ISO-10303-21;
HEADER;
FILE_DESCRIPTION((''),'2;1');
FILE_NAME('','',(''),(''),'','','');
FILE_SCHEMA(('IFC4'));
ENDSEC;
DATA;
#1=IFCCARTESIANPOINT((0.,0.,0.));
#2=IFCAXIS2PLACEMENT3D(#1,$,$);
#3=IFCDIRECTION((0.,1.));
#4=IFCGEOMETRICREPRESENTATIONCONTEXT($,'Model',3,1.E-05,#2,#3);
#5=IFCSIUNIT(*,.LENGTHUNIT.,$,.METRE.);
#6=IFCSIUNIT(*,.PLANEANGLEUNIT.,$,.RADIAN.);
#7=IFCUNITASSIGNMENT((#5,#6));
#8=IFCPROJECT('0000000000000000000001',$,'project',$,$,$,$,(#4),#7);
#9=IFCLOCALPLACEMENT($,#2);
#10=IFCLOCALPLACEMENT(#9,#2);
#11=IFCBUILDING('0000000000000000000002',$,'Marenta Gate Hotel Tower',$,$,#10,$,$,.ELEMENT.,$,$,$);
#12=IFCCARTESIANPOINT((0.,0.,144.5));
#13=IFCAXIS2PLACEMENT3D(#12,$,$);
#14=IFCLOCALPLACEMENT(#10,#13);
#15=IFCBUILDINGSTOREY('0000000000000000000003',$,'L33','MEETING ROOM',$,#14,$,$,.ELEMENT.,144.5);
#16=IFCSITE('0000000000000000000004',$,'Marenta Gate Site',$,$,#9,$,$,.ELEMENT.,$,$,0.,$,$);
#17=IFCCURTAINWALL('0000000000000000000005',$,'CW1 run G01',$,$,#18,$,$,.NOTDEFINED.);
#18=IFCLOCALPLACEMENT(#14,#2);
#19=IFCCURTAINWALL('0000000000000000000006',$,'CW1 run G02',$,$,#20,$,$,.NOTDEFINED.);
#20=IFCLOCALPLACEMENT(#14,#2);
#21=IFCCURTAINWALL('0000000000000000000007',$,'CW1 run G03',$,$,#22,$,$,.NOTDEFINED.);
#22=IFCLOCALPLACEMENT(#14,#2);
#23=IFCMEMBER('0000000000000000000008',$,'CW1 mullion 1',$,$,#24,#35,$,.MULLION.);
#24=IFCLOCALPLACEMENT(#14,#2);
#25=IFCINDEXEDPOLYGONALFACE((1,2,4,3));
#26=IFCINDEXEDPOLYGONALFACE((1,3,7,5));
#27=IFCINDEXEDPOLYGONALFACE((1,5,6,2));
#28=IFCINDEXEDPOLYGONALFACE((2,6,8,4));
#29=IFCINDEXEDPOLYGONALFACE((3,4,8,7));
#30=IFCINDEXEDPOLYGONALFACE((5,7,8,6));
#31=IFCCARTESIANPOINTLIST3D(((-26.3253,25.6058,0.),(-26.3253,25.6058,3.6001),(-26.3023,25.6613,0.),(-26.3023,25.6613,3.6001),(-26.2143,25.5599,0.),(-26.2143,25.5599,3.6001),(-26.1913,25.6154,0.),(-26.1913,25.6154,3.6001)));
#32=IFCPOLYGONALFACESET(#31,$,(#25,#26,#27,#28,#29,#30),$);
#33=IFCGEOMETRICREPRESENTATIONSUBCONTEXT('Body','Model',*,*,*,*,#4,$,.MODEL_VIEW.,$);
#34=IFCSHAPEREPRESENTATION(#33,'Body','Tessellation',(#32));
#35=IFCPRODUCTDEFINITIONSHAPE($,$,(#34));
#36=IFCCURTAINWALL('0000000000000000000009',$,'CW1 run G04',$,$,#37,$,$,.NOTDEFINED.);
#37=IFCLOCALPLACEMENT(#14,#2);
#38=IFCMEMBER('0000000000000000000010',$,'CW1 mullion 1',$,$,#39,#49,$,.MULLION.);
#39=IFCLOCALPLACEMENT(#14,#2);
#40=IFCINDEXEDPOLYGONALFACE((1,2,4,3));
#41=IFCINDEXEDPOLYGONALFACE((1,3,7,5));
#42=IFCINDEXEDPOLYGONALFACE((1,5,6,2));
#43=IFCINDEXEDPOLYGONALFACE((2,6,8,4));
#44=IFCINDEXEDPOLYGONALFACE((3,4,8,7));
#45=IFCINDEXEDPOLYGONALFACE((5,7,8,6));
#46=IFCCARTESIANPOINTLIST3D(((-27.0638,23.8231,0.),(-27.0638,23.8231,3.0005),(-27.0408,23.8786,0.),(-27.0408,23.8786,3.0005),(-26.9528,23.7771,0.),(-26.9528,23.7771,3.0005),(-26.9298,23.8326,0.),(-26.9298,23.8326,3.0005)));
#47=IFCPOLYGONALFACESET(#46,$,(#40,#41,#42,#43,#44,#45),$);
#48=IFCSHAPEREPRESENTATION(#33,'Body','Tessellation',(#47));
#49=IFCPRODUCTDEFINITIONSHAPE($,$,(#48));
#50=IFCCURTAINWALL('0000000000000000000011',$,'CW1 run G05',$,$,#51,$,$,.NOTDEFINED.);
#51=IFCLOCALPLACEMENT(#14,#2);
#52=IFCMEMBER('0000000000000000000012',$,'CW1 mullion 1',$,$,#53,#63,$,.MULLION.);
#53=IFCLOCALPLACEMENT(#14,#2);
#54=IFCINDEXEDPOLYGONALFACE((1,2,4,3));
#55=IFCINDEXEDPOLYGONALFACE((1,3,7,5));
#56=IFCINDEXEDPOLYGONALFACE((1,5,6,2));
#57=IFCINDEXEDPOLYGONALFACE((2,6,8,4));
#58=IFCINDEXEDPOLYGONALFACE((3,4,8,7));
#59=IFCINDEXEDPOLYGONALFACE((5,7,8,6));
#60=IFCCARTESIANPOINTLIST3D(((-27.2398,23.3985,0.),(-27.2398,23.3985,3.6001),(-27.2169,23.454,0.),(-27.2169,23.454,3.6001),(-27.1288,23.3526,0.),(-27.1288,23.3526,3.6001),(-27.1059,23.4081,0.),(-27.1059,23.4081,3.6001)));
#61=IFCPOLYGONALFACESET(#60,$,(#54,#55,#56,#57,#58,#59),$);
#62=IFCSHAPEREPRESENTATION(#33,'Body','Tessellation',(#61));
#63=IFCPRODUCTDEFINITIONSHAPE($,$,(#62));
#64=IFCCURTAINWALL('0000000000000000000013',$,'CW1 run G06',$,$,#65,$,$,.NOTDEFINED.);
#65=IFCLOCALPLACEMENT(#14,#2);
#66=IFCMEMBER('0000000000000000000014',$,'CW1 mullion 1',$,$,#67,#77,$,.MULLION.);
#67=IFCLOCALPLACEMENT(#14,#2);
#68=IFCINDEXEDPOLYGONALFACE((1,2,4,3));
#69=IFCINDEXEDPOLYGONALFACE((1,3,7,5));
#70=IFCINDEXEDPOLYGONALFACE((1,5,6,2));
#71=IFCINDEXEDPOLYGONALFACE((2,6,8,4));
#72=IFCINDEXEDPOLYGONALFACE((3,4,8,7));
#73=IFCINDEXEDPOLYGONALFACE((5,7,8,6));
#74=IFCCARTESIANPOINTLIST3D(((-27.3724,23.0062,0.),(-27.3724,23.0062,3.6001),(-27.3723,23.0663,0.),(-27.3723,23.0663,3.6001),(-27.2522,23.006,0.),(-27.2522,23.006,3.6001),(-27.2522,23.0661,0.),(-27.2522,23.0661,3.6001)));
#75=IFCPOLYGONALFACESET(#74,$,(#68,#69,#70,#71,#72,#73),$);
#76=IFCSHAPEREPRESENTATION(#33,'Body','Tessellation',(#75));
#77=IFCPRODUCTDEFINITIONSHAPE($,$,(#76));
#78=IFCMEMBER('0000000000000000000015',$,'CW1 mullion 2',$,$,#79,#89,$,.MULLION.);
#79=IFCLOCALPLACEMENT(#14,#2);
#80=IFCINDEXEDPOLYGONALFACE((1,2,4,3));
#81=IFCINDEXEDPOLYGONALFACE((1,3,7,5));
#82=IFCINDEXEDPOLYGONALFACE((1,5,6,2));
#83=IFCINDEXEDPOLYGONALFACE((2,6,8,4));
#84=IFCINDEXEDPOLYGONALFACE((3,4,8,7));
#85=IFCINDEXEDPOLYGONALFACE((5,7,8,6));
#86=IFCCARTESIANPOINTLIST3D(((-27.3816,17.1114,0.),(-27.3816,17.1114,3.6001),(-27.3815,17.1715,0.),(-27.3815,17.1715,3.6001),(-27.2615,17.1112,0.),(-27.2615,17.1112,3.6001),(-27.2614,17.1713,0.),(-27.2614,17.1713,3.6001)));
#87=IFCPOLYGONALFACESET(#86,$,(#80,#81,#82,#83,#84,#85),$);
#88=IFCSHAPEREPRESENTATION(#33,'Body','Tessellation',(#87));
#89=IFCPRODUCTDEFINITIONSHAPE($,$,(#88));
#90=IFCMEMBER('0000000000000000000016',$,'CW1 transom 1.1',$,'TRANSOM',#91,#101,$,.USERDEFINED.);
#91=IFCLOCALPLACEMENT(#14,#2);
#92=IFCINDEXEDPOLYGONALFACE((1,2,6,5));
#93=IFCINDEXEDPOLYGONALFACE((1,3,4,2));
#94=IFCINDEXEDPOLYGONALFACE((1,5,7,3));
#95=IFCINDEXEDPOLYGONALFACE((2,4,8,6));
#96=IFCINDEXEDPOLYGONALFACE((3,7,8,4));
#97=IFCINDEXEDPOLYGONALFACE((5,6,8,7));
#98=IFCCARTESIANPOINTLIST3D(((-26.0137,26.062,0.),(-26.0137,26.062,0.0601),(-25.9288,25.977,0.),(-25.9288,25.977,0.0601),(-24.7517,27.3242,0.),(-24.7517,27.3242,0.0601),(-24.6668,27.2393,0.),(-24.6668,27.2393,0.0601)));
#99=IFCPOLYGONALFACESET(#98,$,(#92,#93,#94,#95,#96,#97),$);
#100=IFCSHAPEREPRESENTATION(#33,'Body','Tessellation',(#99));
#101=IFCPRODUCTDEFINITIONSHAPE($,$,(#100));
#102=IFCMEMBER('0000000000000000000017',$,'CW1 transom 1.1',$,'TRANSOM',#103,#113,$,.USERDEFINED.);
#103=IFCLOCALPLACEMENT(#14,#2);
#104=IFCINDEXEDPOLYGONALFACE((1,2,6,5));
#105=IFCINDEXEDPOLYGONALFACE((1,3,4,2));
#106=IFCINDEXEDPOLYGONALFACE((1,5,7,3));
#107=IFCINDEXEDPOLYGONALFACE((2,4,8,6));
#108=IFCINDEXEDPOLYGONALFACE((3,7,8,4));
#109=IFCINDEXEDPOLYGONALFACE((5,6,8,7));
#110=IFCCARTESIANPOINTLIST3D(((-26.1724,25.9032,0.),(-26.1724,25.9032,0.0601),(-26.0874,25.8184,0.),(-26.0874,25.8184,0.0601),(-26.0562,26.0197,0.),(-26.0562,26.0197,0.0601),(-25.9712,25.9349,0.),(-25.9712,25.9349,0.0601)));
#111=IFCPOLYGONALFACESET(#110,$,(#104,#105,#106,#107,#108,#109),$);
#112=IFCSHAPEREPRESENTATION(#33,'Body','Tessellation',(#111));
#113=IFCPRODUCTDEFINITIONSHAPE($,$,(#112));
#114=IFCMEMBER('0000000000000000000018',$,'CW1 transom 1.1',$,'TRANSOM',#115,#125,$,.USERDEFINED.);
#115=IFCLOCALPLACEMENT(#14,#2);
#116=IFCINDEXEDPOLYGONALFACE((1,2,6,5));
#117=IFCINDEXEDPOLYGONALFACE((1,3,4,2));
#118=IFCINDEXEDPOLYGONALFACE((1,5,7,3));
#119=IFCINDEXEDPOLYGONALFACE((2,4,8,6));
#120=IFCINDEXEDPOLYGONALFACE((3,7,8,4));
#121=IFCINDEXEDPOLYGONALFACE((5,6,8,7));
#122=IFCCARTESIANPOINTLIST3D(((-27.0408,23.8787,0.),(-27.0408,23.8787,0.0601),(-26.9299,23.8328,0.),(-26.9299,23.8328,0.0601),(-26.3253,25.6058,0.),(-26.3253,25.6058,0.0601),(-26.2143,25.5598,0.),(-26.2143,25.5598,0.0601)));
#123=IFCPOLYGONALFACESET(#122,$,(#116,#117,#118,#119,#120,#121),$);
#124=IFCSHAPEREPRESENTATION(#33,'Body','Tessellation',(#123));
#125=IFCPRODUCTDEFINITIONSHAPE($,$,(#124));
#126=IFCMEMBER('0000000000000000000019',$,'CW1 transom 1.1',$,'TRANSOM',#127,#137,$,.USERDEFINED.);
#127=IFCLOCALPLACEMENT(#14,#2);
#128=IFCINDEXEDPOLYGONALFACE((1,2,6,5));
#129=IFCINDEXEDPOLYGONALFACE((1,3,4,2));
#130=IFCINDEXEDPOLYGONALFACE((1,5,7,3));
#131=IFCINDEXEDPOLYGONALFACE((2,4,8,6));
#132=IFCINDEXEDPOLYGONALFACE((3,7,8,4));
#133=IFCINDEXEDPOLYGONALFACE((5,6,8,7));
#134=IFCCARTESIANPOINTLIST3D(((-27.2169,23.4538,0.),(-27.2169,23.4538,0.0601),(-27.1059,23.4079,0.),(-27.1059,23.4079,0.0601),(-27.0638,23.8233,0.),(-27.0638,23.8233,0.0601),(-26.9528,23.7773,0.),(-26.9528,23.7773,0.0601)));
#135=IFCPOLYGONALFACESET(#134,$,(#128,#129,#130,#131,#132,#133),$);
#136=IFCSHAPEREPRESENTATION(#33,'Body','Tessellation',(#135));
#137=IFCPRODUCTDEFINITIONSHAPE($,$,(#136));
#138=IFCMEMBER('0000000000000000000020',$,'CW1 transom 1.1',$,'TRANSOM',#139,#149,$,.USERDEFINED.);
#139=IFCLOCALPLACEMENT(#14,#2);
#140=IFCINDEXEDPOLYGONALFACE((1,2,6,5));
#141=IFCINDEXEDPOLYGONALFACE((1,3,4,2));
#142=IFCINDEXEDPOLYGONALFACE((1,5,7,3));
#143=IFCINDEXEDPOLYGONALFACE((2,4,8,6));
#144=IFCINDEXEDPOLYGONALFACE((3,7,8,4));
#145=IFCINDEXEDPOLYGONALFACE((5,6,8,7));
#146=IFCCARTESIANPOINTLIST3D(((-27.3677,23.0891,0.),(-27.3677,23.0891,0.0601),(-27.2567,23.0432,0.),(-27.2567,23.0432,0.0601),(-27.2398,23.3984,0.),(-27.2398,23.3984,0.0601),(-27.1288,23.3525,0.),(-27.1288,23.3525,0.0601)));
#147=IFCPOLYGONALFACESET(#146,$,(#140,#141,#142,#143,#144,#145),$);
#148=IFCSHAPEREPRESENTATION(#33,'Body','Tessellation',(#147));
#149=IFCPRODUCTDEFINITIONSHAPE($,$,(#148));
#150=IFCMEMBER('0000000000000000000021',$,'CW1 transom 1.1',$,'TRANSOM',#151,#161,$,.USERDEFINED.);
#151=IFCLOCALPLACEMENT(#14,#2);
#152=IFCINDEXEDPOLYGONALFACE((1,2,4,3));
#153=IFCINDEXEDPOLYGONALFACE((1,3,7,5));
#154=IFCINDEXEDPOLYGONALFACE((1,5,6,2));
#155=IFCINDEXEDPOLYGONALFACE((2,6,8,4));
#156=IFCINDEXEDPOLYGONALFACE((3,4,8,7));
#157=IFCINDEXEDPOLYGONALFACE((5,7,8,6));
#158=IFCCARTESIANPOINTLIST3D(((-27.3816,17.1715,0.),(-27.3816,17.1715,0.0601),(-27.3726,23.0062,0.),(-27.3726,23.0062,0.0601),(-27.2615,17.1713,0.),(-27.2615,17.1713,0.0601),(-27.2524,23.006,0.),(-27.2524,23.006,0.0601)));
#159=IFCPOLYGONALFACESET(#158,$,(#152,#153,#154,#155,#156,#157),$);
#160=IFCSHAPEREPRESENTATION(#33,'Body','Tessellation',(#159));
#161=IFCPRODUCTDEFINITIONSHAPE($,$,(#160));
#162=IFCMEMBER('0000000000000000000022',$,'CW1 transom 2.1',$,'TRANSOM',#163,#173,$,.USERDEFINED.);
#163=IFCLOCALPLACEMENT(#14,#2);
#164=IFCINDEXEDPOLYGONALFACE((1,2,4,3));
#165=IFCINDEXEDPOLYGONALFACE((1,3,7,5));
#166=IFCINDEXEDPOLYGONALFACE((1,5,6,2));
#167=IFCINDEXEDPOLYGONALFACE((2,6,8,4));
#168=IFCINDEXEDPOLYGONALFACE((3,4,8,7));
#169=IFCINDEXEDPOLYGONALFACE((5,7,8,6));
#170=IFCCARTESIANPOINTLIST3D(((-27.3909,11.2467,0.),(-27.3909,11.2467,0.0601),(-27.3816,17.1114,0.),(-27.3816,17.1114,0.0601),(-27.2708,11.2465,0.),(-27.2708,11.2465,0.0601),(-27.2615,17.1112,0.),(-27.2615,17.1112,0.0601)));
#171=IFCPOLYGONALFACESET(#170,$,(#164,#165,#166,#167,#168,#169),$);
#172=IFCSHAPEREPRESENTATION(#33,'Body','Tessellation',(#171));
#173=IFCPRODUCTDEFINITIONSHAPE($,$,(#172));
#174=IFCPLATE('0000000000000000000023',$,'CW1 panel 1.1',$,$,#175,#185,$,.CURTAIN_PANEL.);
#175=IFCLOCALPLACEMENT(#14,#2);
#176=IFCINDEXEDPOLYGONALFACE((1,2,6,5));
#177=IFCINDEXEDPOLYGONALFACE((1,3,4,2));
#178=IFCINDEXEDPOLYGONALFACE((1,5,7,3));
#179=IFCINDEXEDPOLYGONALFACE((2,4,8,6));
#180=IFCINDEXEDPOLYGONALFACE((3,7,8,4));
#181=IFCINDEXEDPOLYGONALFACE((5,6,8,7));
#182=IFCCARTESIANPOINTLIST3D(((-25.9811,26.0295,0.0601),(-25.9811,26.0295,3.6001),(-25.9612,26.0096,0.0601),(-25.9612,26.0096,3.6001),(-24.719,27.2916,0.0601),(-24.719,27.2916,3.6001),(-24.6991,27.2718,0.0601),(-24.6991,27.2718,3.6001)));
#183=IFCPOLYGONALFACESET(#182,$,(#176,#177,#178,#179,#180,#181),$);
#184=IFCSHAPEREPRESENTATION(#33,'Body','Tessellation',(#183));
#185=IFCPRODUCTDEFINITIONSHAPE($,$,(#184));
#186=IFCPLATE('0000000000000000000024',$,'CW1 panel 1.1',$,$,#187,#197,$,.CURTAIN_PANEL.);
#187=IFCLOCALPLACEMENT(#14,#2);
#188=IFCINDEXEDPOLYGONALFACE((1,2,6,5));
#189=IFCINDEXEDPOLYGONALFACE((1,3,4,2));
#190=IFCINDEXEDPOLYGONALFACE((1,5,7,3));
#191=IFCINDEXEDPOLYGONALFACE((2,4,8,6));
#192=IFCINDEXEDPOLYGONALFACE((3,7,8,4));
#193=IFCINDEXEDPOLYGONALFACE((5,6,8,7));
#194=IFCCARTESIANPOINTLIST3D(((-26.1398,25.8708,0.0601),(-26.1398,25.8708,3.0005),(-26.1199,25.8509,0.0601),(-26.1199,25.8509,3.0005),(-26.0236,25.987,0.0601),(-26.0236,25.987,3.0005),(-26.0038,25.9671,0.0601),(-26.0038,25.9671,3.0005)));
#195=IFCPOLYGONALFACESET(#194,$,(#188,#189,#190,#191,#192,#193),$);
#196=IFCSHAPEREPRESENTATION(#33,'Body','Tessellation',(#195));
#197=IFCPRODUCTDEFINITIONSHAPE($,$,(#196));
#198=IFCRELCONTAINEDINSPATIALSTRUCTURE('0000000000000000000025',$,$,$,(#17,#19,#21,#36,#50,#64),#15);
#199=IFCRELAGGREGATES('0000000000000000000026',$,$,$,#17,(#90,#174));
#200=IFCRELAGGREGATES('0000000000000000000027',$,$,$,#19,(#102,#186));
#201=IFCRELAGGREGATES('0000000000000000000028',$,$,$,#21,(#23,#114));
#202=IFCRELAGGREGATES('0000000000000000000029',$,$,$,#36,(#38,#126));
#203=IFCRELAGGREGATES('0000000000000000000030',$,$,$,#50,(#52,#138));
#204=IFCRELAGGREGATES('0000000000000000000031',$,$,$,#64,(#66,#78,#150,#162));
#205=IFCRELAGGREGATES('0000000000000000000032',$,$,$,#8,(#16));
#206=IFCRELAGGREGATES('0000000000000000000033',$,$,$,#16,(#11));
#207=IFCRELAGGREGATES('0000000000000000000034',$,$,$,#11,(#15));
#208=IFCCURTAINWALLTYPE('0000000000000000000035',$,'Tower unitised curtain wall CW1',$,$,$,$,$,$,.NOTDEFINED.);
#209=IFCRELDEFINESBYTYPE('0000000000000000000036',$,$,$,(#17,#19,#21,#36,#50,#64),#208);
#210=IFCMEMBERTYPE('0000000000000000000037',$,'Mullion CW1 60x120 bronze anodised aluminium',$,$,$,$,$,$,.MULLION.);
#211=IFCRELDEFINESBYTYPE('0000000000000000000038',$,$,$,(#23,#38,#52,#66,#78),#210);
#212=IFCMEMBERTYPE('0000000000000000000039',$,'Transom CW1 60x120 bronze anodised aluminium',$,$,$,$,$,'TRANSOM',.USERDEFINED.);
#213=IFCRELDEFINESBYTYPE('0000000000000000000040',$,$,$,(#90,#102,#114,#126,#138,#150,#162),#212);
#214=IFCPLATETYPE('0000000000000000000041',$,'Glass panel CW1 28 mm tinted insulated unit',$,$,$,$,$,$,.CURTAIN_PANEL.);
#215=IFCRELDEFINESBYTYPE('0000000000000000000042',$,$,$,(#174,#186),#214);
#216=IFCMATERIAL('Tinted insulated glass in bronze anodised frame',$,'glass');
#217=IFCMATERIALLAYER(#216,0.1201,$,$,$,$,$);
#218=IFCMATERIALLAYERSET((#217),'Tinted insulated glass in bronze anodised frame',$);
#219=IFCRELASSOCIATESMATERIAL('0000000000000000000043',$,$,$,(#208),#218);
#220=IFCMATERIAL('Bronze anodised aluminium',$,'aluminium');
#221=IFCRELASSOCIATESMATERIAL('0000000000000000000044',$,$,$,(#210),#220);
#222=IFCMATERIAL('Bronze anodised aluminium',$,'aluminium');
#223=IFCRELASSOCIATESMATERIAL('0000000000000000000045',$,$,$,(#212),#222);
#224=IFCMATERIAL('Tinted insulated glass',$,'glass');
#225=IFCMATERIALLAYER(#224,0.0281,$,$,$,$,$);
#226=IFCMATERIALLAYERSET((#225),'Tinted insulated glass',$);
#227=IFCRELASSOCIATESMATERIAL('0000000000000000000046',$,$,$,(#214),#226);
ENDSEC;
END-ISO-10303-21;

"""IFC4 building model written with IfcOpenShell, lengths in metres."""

from ifc_helpers import new_model, si_unit, direction, frame, origin, origin_2d, place, context, subcontext, project, spatial, rectangle, extrude, material, layer, layer_set, material_profile, profile_set, type_object, element, aggregate, save


model = new_model("IFC4")

# Units and contexts
model_context = context("Model", 3, precision=1e-05, world=origin(), true_north=direction((0.0, 1.0)))
body_context = subcontext(model_context, "Body", "Model", "MODEL_VIEW")
ifc_project = project(units=[si_unit("LENGTHUNIT", "METRE"), si_unit("PLANEANGLEUNIT", "RADIAN")], contexts=[model_context])

# Site, building, storey
site_placement = place(None, origin())
site = spatial("IfcSite", under=ifc_project, at=site_placement, Name="Marenta Gate Site", CompositionType="ELEMENT", RefElevation=0.0)
building_placement = place(site_placement, origin())
building = spatial("IfcBuilding", under=site, at=building_placement, Name="Marenta Gate Hotel Tower", CompositionType="ELEMENT")
storey_placement = place(building_placement, frame((0.0, 0.0, 144.5)))
storey = spatial("IfcBuildingStorey", under=building, at=storey_placement, Name="L33", Description="MEETING ROOM", CompositionType="ELEMENT", Elevation=144.5)

# Curtain wall
ifc_material_1 = material(Name="Tinted insulated glass in bronze anodised frame", Category="glass")
ifc_layer_1 = layer(ifc_material_1, 0.1201)
ifc_layer_set_1 = layer_set([ifc_layer_1], Name="Tinted insulated glass in bronze anodised frame")
curtain_wall_type = type_object("IfcCurtainWallType", Name="Tower unitised curtain wall CW1", PredefinedType="NOTDEFINED", material=ifc_layer_set_1)
curtain_wall_1_placement = place(storey_placement, origin())
curtain_wall_1 = element("IfcCurtainWall", 1, at=curtain_wall_1_placement, inside=storey, type_object=curtain_wall_type, Name="CW1 run G01", PredefinedType="NOTDEFINED")
ifc_material_2 = material(Name="Bronze anodised aluminium", Category="aluminium")
ifc_material_profile_1 = material_profile(ifc_material_2, rectangle(XDim=0.1201, YDim=0.0601, at=origin_2d()), Name="Mullion CW1 60x120 bronze anodised aluminium")
ifc_profile_set_1 = profile_set([ifc_material_profile_1], Name="Bronze anodised aluminium")
member_type_1 = type_object("IfcMemberType", Name="Mullion CW1 60x120 bronze anodised aluminium", PredefinedType="MULLION", material=ifc_profile_set_1)

# Curtain wall
curtain_wall_2_placement = place(storey_placement, origin())
curtain_wall_2 = element("IfcCurtainWall", 2, at=curtain_wall_2_placement, inside=storey, type_object=curtain_wall_type, Name="CW1 run G02", PredefinedType="NOTDEFINED")

# Curtain walls, members
curtain_wall_3_placement = place(storey_placement, origin())
curtain_wall_3 = element("IfcCurtainWall", 3, at=curtain_wall_3_placement, inside=storey, type_object=curtain_wall_type, Name="CW1 run G03", PredefinedType="NOTDEFINED")
member_1_placement = place(storey_placement, frame((-26.2583, 25.6106, 0.0), z_axis=(0.0, 0.0, 1.0), x_axis=(0.923875, -0.382694, 0.0)))
member_1 = element("IfcMember", 4, at=member_1_placement, type_object=member_type_1, Name="CW1 mullion 1", PredefinedType="MULLION", context=body_context, shape_type="SweptSolid", body=[
    extrude(rectangle(XDim=0.1201, YDim=0.0601, at=origin_2d()), origin(), (0.0, 0.0, 1.0), 3.6001),
])
curtain_wall_4_placement = place(storey_placement, origin())
curtain_wall_4 = element("IfcCurtainWall", 5, at=curtain_wall_4_placement, inside=storey, type_object=curtain_wall_type, Name="CW1 run G04", PredefinedType="NOTDEFINED")
member_2_placement = place(storey_placement, frame((-26.9968, 23.8279, 0.0), z_axis=(0.0, 0.0, 1.0), x_axis=(0.923815, -0.382838, 0.0)))
member_2 = element("IfcMember", 6, at=member_2_placement, type_object=member_type_1, Name="CW1 mullion 1", PredefinedType="MULLION", context=body_context, shape_type="SweptSolid", body=[
    extrude(rectangle(XDim=0.1201, YDim=0.0601, at=origin_2d()), origin(), (0.0, 0.0, 1.0), 3.0005),
])
curtain_wall_5_placement = place(storey_placement, origin())
curtain_wall_5 = element("IfcCurtainWall", 7, at=curtain_wall_5_placement, inside=storey, type_object=curtain_wall_type, Name="CW1 run G05", PredefinedType="NOTDEFINED")
member_3_placement = place(storey_placement, frame((-27.1729, 23.4033, 0.0), z_axis=(0.0, 0.0, 1.0), x_axis=(0.923974, -0.382456, 0.0)))
member_3 = element("IfcMember", 8, at=member_3_placement, type_object=member_type_1, Name="CW1 mullion 1", PredefinedType="MULLION", context=body_context, shape_type="SweptSolid", body=[
    extrude(rectangle(XDim=0.1201, YDim=0.0601, at=origin_2d()), origin(), (0.0, 0.0, 1.0), 3.6001),
])

# Curtain wall, members
curtain_wall_6_placement = place(storey_placement, origin())
curtain_wall_6 = element("IfcCurtainWall", 9, at=curtain_wall_6_placement, inside=storey, type_object=curtain_wall_type, Name="CW1 run G06", PredefinedType="NOTDEFINED")
member_4_placement = place(storey_placement, frame((-27.3123, 23.0361, 0.0), z_axis=(0.0, 0.0, 1.0), x_axis=(0.999999, -0.00157, 0.0)))
member_4 = element("IfcMember", 10, at=member_4_placement, type_object=member_type_1, Name="CW1 mullion 1", PredefinedType="MULLION", context=body_context, shape_type="SweptSolid", body=[
    extrude(rectangle(XDim=0.1201, YDim=0.0601, at=origin_2d()), origin(), (0.0, 0.0, 1.0), 3.6001),
])
member_5_placement = place(storey_placement, frame((-27.3215, 17.1414, 0.0), z_axis=(0.0, 0.0, 1.0), x_axis=(0.999999, -0.00157, 0.0)))
member_5 = element("IfcMember", 11, at=member_5_placement, type_object=member_type_1, Name="CW1 mullion 2", PredefinedType="MULLION", context=body_context, shape_type="SweptSolid", body=[
    extrude(rectangle(XDim=0.1201, YDim=0.0601, at=origin_2d()), origin(), (0.0, 0.0, 1.0), 3.6001),
])

# Members
ifc_material_3 = material(Name="Bronze anodised aluminium", Category="aluminium")
ifc_material_profile_2 = material_profile(ifc_material_3, rectangle(XDim=0.1201, YDim=0.0601, at=origin_2d()), Name="Transom CW1 60x120 bronze anodised aluminium")
ifc_profile_set_2 = profile_set([ifc_material_profile_2], Name="Bronze anodised aluminium")
member_type_2 = type_object("IfcMemberType", Name="Transom CW1 60x120 bronze anodised aluminium", ElementType="TRANSOM", PredefinedType="USERDEFINED", material=ifc_profile_set_2)
member_6_placement = place(storey_placement, frame((-24.7092, 27.2817, 0.03), z_axis=(-0.707038, -0.707175, 0.0), x_axis=(0.707175, -0.707038, 0.0)))
member_6 = element("IfcMember", 12, at=member_6_placement, type_object=member_type_2, Name="CW1 transom 1.1", ObjectType="TRANSOM", PredefinedType="USERDEFINED", context=body_context, shape_type="SweptSolid", body=[
    extrude(rectangle(XDim=0.1201, YDim=0.0601, at=origin_2d()), origin(), (0.0, 0.0, 1.0), 1.7849),
])
member_7_placement = place(storey_placement, frame((-26.0137, 25.9773, 0.03), z_axis=(-0.706364, -0.707848, 0.0), x_axis=(0.707848, -0.706364, 0.0)))
member_7 = element("IfcMember", 13, at=member_7_placement, type_object=member_type_2, Name="CW1 transom 1.1", ObjectType="TRANSOM", PredefinedType="USERDEFINED", context=body_context, shape_type="SweptSolid", body=[
    extrude(rectangle(XDim=0.1201, YDim=0.0601, at=origin_2d()), origin(), (0.0, 0.0, 1.0), 0.1646),
])
member_8_placement = place(storey_placement, frame((-26.2698, 25.5828, 0.03), z_axis=(-0.382779, -0.92384, 0.0), x_axis=(0.92384, -0.382779, 0.0)))
member_8 = element("IfcMember", 14, at=member_8_placement, type_object=member_type_2, Name="CW1 transom 1.1", ObjectType="TRANSOM", PredefinedType="USERDEFINED", context=body_context, shape_type="SweptSolid", body=[
    extrude(rectangle(XDim=0.1201, YDim=0.0601, at=origin_2d()), origin(), (0.0, 0.0, 1.0), 1.8694),
])
member_9_placement = place(storey_placement, frame((-27.0083, 23.8003, 0.03), z_axis=(-0.382837, -0.923816, 0.0), x_axis=(0.923816, -0.382837, 0.0)))
member_9 = element("IfcMember", 15, at=member_9_placement, type_object=member_type_2, Name="CW1 transom 1.1", ObjectType="TRANSOM", PredefinedType="USERDEFINED", context=body_context, shape_type="SweptSolid", body=[
    extrude(rectangle(XDim=0.1201, YDim=0.0601, at=origin_2d()), origin(), (0.0, 0.0, 1.0), 0.3999),
])
member_10_placement = place(storey_placement, frame((-27.1843, 23.3755, 0.03), z_axis=(-0.38218, -0.924088, 0.0), x_axis=(0.924088, -0.38218, 0.0)))
member_10 = element("IfcMember", 16, at=member_10_placement, type_object=member_type_2, Name="CW1 transom 1.1", ObjectType="TRANSOM", PredefinedType="USERDEFINED", context=body_context, shape_type="SweptSolid", body=[
    extrude(rectangle(XDim=0.1201, YDim=0.0601, at=origin_2d()), origin(), (0.0, 0.0, 1.0), 0.3347),
])
member_11_placement = place(storey_placement, frame((-27.3125, 23.0061, 0.03), z_axis=(-0.001548, -0.999999, 0.0), x_axis=(0.999999, -0.001548, 0.0)))
member_11 = element("IfcMember", 17, at=member_11_placement, type_object=member_type_2, Name="CW1 transom 1.1", ObjectType="TRANSOM", PredefinedType="USERDEFINED", context=body_context, shape_type="SweptSolid", body=[
    extrude(rectangle(XDim=0.1201, YDim=0.0601, at=origin_2d()), origin(), (0.0, 0.0, 1.0), 5.8347),
])
member_12_placement = place(storey_placement, frame((-27.3215, 17.1113, 0.03), z_axis=(-0.001582, -0.999999, 0.0), x_axis=(0.999999, -0.001582, 0.0)))
member_12 = element("IfcMember", 18, at=member_12_placement, type_object=member_type_2, Name="CW1 transom 2.1", ObjectType="TRANSOM", PredefinedType="USERDEFINED", context=body_context, shape_type="SweptSolid", body=[
    extrude(rectangle(XDim=0.1201, YDim=0.0601, at=origin_2d()), origin(), (0.0, 0.0, 1.0), 5.8647),
])

# Plates
ifc_material_4 = material(Name="Tinted insulated glass", Category="glass")
ifc_layer_2 = layer(ifc_material_4, 0.0281)
ifc_layer_set_2 = layer_set([ifc_layer_2], Name="Tinted insulated glass")
plate_type = type_object("IfcPlateType", Name="Glass panel CW1 28 mm tinted insulated unit", PredefinedType="CURTAIN_PANEL", material=ifc_layer_set_2)
plate_1_placement = place(storey_placement, frame((-25.3401, 26.6506, 0.0601), z_axis=(0.0, 0.0, 1.0), x_axis=(-0.707107, -0.707107, 0.0)))
plate_1 = element("IfcPlate", 19, at=plate_1_placement, type_object=plate_type, Name="CW1 panel 1.1", PredefinedType="CURTAIN_PANEL", context=body_context, shape_type="SweptSolid", body=[
    extrude(rectangle(XDim=1.7849, YDim=0.0281, at=origin_2d()), origin(), (0.0, 0.0, 1.0), 3.54),
])
aggregate(curtain_wall_1, [member_6, plate_1])
plate_2_placement = place(storey_placement, frame((-26.0718, 25.9189, 0.0601), z_axis=(0.0, 0.0, 1.0), x_axis=(-0.707107, -0.707107, 0.0)))
plate_2 = element("IfcPlate", 20, at=plate_2_placement, type_object=plate_type, Name="CW1 panel 1.1", PredefinedType="CURTAIN_PANEL", context=body_context, shape_type="SweptSolid", body=[
    extrude(rectangle(XDim=0.1643, YDim=0.0281, at=origin_2d()), origin(), (0.0, 0.0, 1.0), 2.9404),
])
aggregate(curtain_wall_2, [member_7, plate_2])
aggregate(curtain_wall_3, [member_1, member_8])
aggregate(curtain_wall_4, [member_2, member_9])
aggregate(curtain_wall_5, [member_3, member_10])
aggregate(curtain_wall_6, [member_4, member_5, member_11, member_12])

save(model, "model.ifc")
